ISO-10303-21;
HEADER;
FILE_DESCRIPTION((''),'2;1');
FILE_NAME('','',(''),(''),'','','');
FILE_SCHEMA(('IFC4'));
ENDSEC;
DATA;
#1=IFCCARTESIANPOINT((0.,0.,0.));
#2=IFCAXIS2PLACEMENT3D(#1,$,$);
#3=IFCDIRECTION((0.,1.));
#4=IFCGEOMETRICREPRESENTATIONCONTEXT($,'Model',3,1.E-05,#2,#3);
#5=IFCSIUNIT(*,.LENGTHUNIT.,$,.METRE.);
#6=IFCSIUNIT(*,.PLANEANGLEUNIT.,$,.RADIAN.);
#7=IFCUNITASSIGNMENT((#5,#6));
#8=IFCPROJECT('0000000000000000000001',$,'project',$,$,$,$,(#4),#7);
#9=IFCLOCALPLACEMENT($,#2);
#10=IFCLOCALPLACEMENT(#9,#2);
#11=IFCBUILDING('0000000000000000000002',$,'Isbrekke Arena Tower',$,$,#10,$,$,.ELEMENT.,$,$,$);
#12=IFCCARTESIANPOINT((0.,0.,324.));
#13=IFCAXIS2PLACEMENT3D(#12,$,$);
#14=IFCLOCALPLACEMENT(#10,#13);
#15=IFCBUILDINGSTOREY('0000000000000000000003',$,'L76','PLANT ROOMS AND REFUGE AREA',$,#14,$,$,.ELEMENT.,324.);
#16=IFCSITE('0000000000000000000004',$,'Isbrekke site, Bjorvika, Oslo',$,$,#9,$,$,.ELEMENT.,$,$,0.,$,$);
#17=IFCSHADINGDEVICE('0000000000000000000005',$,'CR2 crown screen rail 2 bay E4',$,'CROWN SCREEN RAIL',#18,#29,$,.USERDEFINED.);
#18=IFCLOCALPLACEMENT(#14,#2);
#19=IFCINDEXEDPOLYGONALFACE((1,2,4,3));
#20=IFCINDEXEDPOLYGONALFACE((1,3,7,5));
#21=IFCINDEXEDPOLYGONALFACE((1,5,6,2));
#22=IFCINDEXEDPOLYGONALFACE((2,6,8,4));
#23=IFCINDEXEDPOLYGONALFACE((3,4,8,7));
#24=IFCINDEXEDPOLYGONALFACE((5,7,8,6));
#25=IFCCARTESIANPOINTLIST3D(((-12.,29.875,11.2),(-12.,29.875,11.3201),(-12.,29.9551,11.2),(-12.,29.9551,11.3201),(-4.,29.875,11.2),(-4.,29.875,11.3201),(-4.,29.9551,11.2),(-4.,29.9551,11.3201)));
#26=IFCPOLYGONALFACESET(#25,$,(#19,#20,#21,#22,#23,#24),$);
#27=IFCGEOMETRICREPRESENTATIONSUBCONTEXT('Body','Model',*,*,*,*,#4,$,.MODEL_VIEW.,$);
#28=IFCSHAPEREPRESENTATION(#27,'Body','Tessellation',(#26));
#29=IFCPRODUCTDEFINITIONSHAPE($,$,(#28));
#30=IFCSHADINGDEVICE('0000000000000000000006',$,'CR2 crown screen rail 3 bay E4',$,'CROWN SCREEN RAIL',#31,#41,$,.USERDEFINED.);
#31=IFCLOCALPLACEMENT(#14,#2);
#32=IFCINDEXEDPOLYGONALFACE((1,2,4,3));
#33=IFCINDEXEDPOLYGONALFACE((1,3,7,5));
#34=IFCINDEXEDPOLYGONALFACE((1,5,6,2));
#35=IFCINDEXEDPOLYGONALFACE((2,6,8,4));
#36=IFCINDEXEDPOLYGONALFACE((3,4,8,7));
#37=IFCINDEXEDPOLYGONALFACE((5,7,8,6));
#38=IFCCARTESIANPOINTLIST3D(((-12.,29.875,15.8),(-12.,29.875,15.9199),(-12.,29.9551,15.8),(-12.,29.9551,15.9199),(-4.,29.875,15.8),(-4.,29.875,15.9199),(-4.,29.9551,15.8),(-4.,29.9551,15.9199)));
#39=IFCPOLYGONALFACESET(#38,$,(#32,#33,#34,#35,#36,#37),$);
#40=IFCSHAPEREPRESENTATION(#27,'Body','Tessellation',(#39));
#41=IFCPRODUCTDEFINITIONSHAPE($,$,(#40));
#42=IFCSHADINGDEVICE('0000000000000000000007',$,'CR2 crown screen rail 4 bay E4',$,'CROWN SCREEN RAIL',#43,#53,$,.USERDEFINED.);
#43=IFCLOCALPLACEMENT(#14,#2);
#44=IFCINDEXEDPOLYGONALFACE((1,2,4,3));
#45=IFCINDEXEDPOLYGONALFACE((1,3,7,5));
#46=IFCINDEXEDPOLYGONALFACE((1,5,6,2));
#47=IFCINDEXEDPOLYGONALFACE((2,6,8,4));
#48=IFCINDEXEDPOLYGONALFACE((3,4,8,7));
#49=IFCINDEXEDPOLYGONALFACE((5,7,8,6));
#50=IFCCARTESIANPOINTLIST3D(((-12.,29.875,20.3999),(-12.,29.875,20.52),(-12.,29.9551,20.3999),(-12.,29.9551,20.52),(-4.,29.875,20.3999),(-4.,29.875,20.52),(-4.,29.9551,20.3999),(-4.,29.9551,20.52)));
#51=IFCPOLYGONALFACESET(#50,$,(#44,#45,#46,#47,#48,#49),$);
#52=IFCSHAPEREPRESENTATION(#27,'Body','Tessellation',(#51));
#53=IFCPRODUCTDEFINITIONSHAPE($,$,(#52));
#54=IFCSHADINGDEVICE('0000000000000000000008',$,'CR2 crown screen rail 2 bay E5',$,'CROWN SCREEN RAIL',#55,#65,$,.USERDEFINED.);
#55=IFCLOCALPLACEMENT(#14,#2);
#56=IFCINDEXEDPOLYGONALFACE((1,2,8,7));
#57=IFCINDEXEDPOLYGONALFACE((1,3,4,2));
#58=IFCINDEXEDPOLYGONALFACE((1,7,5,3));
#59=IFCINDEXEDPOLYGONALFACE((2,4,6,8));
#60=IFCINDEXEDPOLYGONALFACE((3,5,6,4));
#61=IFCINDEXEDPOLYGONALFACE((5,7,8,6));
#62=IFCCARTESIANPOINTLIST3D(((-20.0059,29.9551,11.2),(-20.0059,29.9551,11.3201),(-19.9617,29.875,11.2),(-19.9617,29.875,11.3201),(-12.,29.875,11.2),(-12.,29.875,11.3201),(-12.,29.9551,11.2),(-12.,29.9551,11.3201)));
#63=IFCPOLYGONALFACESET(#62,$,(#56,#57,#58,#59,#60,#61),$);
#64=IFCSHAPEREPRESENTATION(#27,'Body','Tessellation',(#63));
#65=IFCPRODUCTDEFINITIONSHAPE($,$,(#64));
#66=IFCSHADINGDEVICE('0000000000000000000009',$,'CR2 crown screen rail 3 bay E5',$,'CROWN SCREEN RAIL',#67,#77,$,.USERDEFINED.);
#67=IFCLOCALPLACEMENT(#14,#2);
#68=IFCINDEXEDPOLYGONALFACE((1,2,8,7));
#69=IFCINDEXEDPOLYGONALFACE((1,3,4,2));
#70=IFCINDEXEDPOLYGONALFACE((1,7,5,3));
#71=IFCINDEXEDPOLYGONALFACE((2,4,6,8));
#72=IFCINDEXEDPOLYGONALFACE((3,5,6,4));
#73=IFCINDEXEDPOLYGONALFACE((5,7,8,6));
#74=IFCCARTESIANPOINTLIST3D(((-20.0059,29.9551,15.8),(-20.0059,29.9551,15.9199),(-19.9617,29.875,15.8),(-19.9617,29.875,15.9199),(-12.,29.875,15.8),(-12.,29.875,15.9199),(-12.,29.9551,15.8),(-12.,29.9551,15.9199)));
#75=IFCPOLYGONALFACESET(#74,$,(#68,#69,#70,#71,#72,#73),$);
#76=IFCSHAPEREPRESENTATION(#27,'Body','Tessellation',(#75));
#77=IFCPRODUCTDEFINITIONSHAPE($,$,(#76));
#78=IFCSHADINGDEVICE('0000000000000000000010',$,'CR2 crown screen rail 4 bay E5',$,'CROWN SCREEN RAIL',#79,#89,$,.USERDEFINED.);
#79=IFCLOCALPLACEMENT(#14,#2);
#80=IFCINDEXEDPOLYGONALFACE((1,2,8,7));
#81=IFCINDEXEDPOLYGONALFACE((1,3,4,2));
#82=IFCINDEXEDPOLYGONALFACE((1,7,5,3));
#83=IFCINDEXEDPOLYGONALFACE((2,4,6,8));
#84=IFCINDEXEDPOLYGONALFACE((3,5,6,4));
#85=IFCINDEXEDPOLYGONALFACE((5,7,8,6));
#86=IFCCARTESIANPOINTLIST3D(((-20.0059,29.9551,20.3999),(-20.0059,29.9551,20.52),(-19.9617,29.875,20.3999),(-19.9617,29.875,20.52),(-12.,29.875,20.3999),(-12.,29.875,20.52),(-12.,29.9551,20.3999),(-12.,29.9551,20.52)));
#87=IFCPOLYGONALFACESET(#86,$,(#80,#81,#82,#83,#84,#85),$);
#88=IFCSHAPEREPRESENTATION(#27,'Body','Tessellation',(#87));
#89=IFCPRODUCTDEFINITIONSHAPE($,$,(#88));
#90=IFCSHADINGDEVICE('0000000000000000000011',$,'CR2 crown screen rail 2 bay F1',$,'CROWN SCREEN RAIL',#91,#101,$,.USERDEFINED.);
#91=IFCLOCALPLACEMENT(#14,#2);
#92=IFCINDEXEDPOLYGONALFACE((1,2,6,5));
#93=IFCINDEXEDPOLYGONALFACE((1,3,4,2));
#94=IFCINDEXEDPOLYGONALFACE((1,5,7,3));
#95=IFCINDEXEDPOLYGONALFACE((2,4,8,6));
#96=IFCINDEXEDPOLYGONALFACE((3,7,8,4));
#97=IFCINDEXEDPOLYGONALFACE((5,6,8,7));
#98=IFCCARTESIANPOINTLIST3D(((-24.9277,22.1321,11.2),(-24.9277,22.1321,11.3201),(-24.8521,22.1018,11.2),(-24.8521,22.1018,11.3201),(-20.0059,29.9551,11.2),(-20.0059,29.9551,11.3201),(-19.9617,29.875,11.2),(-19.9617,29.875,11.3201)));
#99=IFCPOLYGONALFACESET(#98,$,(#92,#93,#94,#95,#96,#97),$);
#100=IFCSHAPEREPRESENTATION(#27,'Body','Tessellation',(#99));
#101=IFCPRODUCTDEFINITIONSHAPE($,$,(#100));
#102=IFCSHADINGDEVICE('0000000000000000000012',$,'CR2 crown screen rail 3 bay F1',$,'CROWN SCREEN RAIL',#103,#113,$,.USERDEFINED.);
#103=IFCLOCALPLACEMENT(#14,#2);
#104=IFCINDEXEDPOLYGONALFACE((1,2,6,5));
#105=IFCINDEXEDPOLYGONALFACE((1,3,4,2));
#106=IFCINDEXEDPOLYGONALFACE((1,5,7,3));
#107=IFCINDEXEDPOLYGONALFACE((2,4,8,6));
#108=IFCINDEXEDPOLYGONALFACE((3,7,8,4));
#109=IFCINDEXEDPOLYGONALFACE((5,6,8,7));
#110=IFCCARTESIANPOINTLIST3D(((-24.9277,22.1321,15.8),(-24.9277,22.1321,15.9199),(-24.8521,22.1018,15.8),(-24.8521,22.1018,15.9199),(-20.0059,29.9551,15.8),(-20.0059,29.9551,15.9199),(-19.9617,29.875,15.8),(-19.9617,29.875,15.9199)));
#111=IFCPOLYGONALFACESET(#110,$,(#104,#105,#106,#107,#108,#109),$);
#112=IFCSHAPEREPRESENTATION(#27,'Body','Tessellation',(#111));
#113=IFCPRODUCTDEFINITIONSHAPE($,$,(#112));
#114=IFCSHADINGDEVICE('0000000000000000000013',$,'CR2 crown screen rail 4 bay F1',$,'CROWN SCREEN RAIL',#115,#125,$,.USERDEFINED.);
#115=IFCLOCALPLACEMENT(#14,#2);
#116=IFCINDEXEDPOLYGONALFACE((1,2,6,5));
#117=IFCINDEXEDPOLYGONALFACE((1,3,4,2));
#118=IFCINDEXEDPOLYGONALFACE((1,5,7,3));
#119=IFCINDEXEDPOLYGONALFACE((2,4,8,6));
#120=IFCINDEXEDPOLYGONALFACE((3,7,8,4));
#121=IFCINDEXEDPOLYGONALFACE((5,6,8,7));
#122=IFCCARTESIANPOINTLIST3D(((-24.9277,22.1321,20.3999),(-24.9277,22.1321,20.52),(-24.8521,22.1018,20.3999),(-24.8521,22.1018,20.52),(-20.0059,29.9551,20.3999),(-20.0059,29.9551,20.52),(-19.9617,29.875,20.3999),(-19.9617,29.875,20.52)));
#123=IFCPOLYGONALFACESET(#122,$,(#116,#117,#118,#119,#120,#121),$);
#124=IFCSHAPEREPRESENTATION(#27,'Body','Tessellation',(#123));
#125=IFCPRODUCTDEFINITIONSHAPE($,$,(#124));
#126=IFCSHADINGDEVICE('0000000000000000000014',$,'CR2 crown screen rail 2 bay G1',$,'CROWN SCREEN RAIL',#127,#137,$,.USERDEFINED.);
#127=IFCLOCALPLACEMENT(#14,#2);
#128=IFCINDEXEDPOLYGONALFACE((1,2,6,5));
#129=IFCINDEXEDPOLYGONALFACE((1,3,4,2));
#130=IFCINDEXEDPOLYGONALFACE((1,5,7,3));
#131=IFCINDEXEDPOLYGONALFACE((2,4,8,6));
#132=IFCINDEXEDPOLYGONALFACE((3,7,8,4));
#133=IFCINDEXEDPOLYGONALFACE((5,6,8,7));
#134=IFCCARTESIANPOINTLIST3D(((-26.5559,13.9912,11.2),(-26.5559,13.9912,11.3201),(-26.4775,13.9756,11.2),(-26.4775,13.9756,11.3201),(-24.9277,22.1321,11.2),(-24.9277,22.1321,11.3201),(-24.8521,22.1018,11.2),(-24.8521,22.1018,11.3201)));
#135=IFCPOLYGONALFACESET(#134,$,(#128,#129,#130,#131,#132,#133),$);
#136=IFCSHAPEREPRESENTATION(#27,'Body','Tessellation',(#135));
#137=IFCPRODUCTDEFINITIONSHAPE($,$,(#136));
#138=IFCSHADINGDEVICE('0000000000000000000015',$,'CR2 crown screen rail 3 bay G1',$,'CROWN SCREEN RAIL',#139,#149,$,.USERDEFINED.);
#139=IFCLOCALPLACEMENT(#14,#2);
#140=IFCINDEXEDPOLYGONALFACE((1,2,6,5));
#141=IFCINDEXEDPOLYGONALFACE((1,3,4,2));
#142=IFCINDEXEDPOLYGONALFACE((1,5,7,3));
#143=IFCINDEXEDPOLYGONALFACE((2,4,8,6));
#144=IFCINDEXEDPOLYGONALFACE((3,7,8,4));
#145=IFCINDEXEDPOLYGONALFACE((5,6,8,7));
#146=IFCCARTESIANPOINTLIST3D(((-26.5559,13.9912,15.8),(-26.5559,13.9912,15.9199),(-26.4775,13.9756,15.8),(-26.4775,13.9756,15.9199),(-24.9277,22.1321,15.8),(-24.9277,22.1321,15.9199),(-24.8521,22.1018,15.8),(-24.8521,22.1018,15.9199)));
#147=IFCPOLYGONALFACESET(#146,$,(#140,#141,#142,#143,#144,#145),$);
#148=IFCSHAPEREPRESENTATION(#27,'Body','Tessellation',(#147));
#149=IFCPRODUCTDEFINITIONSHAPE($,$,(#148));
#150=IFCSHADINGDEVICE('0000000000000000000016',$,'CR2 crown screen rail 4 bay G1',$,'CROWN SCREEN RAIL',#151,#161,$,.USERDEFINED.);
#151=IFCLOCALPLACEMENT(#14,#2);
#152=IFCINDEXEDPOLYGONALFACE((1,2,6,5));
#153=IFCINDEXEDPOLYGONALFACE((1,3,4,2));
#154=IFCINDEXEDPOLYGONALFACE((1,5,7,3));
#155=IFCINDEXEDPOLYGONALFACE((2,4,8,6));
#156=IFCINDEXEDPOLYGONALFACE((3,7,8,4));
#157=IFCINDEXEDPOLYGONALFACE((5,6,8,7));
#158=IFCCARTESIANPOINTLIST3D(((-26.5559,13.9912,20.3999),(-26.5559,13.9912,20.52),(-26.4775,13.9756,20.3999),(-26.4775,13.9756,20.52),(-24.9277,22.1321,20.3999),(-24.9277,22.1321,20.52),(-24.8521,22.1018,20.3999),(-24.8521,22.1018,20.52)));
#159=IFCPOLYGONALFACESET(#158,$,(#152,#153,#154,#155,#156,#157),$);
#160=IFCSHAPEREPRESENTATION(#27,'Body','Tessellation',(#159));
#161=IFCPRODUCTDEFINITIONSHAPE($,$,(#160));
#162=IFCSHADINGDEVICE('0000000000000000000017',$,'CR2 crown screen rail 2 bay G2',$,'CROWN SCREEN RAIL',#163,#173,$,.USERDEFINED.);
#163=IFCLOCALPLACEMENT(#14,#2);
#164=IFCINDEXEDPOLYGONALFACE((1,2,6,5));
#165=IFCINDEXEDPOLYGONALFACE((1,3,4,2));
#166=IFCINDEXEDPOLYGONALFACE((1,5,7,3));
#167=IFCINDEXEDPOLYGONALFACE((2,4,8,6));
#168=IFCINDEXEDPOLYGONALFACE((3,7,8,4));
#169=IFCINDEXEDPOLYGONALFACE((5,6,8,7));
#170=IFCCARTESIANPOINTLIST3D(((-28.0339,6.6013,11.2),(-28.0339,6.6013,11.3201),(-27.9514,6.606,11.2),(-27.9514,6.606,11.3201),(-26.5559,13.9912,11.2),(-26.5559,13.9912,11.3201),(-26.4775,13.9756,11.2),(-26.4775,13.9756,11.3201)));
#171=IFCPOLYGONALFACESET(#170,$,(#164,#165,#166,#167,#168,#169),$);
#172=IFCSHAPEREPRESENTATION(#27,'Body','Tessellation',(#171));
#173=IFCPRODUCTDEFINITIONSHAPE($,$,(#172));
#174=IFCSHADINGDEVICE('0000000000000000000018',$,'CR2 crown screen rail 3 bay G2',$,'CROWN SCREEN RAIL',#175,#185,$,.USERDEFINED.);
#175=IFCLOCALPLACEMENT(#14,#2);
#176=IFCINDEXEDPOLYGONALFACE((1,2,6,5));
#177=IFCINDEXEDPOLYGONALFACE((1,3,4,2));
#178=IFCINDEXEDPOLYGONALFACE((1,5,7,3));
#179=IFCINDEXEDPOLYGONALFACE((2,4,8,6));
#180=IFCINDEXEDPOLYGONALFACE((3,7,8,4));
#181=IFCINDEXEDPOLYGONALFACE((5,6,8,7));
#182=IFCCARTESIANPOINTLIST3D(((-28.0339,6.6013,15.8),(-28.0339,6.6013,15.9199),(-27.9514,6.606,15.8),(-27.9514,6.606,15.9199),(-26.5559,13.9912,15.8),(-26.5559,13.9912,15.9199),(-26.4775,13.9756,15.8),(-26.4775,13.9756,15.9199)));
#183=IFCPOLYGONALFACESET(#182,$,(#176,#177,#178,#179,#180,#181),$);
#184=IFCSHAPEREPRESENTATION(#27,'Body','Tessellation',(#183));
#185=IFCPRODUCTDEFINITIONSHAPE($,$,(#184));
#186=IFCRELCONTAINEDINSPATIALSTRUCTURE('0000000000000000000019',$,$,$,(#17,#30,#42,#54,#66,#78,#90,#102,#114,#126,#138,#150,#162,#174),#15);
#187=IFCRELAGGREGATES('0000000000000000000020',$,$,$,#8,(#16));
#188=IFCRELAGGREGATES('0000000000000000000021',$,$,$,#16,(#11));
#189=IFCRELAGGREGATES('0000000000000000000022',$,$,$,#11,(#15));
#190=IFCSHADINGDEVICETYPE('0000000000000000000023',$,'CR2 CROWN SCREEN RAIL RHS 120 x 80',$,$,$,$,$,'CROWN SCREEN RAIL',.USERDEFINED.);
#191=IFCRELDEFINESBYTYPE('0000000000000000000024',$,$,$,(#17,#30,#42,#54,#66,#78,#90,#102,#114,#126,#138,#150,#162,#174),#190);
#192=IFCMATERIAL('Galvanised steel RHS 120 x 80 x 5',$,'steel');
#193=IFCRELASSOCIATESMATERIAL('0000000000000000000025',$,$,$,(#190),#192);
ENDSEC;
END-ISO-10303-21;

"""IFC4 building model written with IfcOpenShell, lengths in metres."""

from ifc_helpers import new_model, si_unit, direction, frame, origin, place, context, subcontext, project, spatial, polyline, outline, extrude, material, type_object, element, save


model = new_model("IFC4")

# Units and contexts
model_context = context("Model", 3, precision=1e-05, world=origin(), true_north=direction((0.0, 1.0)))
body_context = subcontext(model_context, "Body", "Model", "MODEL_VIEW")
ifc_project = project(units=[si_unit("LENGTHUNIT", "METRE"), si_unit("PLANEANGLEUNIT", "RADIAN")], contexts=[model_context])

# Site, building, storey
site_placement = place(None, origin())
site = spatial("IfcSite", under=ifc_project, at=site_placement, Name="Isbrekke site, Bjorvika, Oslo", CompositionType="ELEMENT", RefElevation=0.0)
building_placement = place(site_placement, origin())
building = spatial("IfcBuilding", under=site, at=building_placement, Name="Isbrekke Arena Tower", CompositionType="ELEMENT")
storey_placement = place(building_placement, frame((0.0, 0.0, 324.0)))
storey = spatial("IfcBuildingStorey", under=building, at=storey_placement, Name="L76", Description="PLANT ROOMS AND REFUGE AREA", CompositionType="ELEMENT", Elevation=324.0)

# Shading devices
ifc_material = material(Name="Galvanised steel RHS 120 x 80 x 5", Category="steel")
shading_device_type = type_object("IfcShadingDeviceType", Name="CR2 CROWN SCREEN RAIL RHS 120 x 80", ElementType="CROWN SCREEN RAIL", PredefinedType="USERDEFINED", material=ifc_material)
shading_device_1_placement = place(storey_placement, frame((0.0, 0.0, 11.2)))
element("IfcShadingDevice", 1, at=shading_device_1_placement, inside=storey, type_object=shading_device_type, Name="CR2 crown screen rail 2 bay E4", ObjectType="CROWN SCREEN RAIL", PredefinedType="USERDEFINED", context=body_context, shape_type="SweptSolid", body=[
    extrude(outline(polyline([(-4.0, 29.875), (-12.0, 29.875), (-12.0, 29.9551), (-4.0, 29.9551), (-4.0, 29.875)])), origin(), (0.0, 0.0, 1.0), 0.1201),
])
shading_device_2_placement = place(storey_placement, frame((0.0, 0.0, 15.8)))
element("IfcShadingDevice", 2, at=shading_device_2_placement, inside=storey, type_object=shading_device_type, Name="CR2 crown screen rail 3 bay E4", ObjectType="CROWN SCREEN RAIL", PredefinedType="USERDEFINED", context=body_context, shape_type="SweptSolid", body=[
    extrude(outline(polyline([(-4.0, 29.875), (-12.0, 29.875), (-12.0, 29.9551), (-4.0, 29.9551), (-4.0, 29.875)])), origin(), (0.0, 0.0, 1.0), 0.1199),
])
shading_device_3_placement = place(storey_placement, frame((0.0, 0.0, 20.3999)))
element("IfcShadingDevice", 3, at=shading_device_3_placement, inside=storey, type_object=shading_device_type, Name="CR2 crown screen rail 4 bay E4", ObjectType="CROWN SCREEN RAIL", PredefinedType="USERDEFINED", context=body_context, shape_type="SweptSolid", body=[
    extrude(outline(polyline([(-4.0, 29.875), (-12.0, 29.875), (-12.0, 29.9551), (-4.0, 29.9551), (-4.0, 29.875)])), origin(), (0.0, 0.0, 1.0), 0.1201),
])
shading_device_4_placement = place(storey_placement, frame((0.0, 0.0, 11.2)))
element("IfcShadingDevice", 4, at=shading_device_4_placement, inside=storey, type_object=shading_device_type, Name="CR2 crown screen rail 2 bay E5", ObjectType="CROWN SCREEN RAIL", PredefinedType="USERDEFINED", context=body_context, shape_type="SweptSolid", body=[
    extrude(outline(polyline([(-12.0, 29.875), (-19.9617, 29.875), (-20.0059, 29.9551), (-12.0, 29.9551), (-12.0, 29.875)])), origin(), (0.0, 0.0, 1.0), 0.1201),
])
shading_device_5_placement = place(storey_placement, frame((0.0, 0.0, 15.8)))
element("IfcShadingDevice", 5, at=shading_device_5_placement, inside=storey, type_object=shading_device_type, Name="CR2 crown screen rail 3 bay E5", ObjectType="CROWN SCREEN RAIL", PredefinedType="USERDEFINED", context=body_context, shape_type="SweptSolid", body=[
    extrude(outline(polyline([(-12.0, 29.875), (-19.9617, 29.875), (-20.0059, 29.9551), (-12.0, 29.9551), (-12.0, 29.875)])), origin(), (0.0, 0.0, 1.0), 0.1199),
])
shading_device_6_placement = place(storey_placement, frame((0.0, 0.0, 20.3999)))
element("IfcShadingDevice", 6, at=shading_device_6_placement, inside=storey, type_object=shading_device_type, Name="CR2 crown screen rail 4 bay E5", ObjectType="CROWN SCREEN RAIL", PredefinedType="USERDEFINED", context=body_context, shape_type="SweptSolid", body=[
    extrude(outline(polyline([(-12.0, 29.875), (-19.9617, 29.875), (-20.0059, 29.9551), (-12.0, 29.9551), (-12.0, 29.875)])), origin(), (0.0, 0.0, 1.0), 0.1201),
])
shading_device_7_placement = place(storey_placement, frame((0.0, 0.0, 11.2)))
element("IfcShadingDevice", 7, at=shading_device_7_placement, inside=storey, type_object=shading_device_type, Name="CR2 crown screen rail 2 bay F1", ObjectType="CROWN SCREEN RAIL", PredefinedType="USERDEFINED", context=body_context, shape_type="SweptSolid", body=[
    extrude(outline(polyline([(-19.9617, 29.875), (-24.8521, 22.1018), (-24.9277, 22.1321), (-20.0059, 29.9551), (-19.9617, 29.875)])), origin(), (0.0, 0.0, 1.0), 0.1201),
])
shading_device_8_placement = place(storey_placement, frame((0.0, 0.0, 15.8)))
element("IfcShadingDevice", 8, at=shading_device_8_placement, inside=storey, type_object=shading_device_type, Name="CR2 crown screen rail 3 bay F1", ObjectType="CROWN SCREEN RAIL", PredefinedType="USERDEFINED", context=body_context, shape_type="SweptSolid", body=[
    extrude(outline(polyline([(-19.9617, 29.875), (-24.8521, 22.1018), (-24.9277, 22.1321), (-20.0059, 29.9551), (-19.9617, 29.875)])), origin(), (0.0, 0.0, 1.0), 0.1199),
])
shading_device_9_placement = place(storey_placement, frame((0.0, 0.0, 20.3999)))
element("IfcShadingDevice", 9, at=shading_device_9_placement, inside=storey, type_object=shading_device_type, Name="CR2 crown screen rail 4 bay F1", ObjectType="CROWN SCREEN RAIL", PredefinedType="USERDEFINED", context=body_context, shape_type="SweptSolid", body=[
    extrude(outline(polyline([(-19.9617, 29.875), (-24.8521, 22.1018), (-24.9277, 22.1321), (-20.0059, 29.9551), (-19.9617, 29.875)])), origin(), (0.0, 0.0, 1.0), 0.1201),
])
shading_device_10_placement = place(storey_placement, frame((0.0, 0.0, 11.2)))
element("IfcShadingDevice", 10, at=shading_device_10_placement, inside=storey, type_object=shading_device_type, Name="CR2 crown screen rail 2 bay G1", ObjectType="CROWN SCREEN RAIL", PredefinedType="USERDEFINED", context=body_context, shape_type="SweptSolid", body=[
    extrude(outline(polyline([(-24.8521, 22.1018), (-26.4775, 13.9756), (-26.5559, 13.9912), (-24.9277, 22.1321), (-24.8521, 22.1018)])), origin(), (0.0, 0.0, 1.0), 0.1201),
])
shading_device_11_placement = place(storey_placement, frame((0.0, 0.0, 15.8)))
element("IfcShadingDevice", 11, at=shading_device_11_placement, inside=storey, type_object=shading_device_type, Name="CR2 crown screen rail 3 bay G1", ObjectType="CROWN SCREEN RAIL", PredefinedType="USERDEFINED", context=body_context, shape_type="SweptSolid", body=[
    extrude(outline(polyline([(-24.8521, 22.1018), (-26.4775, 13.9756), (-26.5559, 13.9912), (-24.9277, 22.1321), (-24.8521, 22.1018)])), origin(), (0.0, 0.0, 1.0), 0.1199),
])
shading_device_12_placement = place(storey_placement, frame((0.0, 0.0, 20.3999)))
element("IfcShadingDevice", 12, at=shading_device_12_placement, inside=storey, type_object=shading_device_type, Name="CR2 crown screen rail 4 bay G1", ObjectType="CROWN SCREEN RAIL", PredefinedType="USERDEFINED", context=body_context, shape_type="SweptSolid", body=[
    extrude(outline(polyline([(-24.8521, 22.1018), (-26.4775, 13.9756), (-26.5559, 13.9912), (-24.9277, 22.1321), (-24.8521, 22.1018)])), origin(), (0.0, 0.0, 1.0), 0.1201),
])
shading_device_13_placement = place(storey_placement, frame((0.0, 0.0, 11.2)))
element("IfcShadingDevice", 13, at=shading_device_13_placement, inside=storey, type_object=shading_device_type, Name="CR2 crown screen rail 2 bay G2", ObjectType="CROWN SCREEN RAIL", PredefinedType="USERDEFINED", context=body_context, shape_type="SweptSolid", body=[
    extrude(outline(polyline([(-26.4775, 13.9756), (-27.9514, 6.606), (-28.0339, 6.6013), (-26.5559, 13.9912), (-26.4775, 13.9756)])), origin(), (0.0, 0.0, 1.0), 0.1201),
])
shading_device_14_placement = place(storey_placement, frame((0.0, 0.0, 15.8)))
element("IfcShadingDevice", 14, at=shading_device_14_placement, inside=storey, type_object=shading_device_type, Name="CR2 crown screen rail 3 bay G2", ObjectType="CROWN SCREEN RAIL", PredefinedType="USERDEFINED", context=body_context, shape_type="SweptSolid", body=[
    extrude(outline(polyline([(-26.4775, 13.9756), (-27.9514, 6.606), (-28.0339, 6.6013), (-26.5559, 13.9912), (-26.4775, 13.9756)])), origin(), (0.0, 0.0, 1.0), 0.1199),
])

save(model, "model.ifc")
